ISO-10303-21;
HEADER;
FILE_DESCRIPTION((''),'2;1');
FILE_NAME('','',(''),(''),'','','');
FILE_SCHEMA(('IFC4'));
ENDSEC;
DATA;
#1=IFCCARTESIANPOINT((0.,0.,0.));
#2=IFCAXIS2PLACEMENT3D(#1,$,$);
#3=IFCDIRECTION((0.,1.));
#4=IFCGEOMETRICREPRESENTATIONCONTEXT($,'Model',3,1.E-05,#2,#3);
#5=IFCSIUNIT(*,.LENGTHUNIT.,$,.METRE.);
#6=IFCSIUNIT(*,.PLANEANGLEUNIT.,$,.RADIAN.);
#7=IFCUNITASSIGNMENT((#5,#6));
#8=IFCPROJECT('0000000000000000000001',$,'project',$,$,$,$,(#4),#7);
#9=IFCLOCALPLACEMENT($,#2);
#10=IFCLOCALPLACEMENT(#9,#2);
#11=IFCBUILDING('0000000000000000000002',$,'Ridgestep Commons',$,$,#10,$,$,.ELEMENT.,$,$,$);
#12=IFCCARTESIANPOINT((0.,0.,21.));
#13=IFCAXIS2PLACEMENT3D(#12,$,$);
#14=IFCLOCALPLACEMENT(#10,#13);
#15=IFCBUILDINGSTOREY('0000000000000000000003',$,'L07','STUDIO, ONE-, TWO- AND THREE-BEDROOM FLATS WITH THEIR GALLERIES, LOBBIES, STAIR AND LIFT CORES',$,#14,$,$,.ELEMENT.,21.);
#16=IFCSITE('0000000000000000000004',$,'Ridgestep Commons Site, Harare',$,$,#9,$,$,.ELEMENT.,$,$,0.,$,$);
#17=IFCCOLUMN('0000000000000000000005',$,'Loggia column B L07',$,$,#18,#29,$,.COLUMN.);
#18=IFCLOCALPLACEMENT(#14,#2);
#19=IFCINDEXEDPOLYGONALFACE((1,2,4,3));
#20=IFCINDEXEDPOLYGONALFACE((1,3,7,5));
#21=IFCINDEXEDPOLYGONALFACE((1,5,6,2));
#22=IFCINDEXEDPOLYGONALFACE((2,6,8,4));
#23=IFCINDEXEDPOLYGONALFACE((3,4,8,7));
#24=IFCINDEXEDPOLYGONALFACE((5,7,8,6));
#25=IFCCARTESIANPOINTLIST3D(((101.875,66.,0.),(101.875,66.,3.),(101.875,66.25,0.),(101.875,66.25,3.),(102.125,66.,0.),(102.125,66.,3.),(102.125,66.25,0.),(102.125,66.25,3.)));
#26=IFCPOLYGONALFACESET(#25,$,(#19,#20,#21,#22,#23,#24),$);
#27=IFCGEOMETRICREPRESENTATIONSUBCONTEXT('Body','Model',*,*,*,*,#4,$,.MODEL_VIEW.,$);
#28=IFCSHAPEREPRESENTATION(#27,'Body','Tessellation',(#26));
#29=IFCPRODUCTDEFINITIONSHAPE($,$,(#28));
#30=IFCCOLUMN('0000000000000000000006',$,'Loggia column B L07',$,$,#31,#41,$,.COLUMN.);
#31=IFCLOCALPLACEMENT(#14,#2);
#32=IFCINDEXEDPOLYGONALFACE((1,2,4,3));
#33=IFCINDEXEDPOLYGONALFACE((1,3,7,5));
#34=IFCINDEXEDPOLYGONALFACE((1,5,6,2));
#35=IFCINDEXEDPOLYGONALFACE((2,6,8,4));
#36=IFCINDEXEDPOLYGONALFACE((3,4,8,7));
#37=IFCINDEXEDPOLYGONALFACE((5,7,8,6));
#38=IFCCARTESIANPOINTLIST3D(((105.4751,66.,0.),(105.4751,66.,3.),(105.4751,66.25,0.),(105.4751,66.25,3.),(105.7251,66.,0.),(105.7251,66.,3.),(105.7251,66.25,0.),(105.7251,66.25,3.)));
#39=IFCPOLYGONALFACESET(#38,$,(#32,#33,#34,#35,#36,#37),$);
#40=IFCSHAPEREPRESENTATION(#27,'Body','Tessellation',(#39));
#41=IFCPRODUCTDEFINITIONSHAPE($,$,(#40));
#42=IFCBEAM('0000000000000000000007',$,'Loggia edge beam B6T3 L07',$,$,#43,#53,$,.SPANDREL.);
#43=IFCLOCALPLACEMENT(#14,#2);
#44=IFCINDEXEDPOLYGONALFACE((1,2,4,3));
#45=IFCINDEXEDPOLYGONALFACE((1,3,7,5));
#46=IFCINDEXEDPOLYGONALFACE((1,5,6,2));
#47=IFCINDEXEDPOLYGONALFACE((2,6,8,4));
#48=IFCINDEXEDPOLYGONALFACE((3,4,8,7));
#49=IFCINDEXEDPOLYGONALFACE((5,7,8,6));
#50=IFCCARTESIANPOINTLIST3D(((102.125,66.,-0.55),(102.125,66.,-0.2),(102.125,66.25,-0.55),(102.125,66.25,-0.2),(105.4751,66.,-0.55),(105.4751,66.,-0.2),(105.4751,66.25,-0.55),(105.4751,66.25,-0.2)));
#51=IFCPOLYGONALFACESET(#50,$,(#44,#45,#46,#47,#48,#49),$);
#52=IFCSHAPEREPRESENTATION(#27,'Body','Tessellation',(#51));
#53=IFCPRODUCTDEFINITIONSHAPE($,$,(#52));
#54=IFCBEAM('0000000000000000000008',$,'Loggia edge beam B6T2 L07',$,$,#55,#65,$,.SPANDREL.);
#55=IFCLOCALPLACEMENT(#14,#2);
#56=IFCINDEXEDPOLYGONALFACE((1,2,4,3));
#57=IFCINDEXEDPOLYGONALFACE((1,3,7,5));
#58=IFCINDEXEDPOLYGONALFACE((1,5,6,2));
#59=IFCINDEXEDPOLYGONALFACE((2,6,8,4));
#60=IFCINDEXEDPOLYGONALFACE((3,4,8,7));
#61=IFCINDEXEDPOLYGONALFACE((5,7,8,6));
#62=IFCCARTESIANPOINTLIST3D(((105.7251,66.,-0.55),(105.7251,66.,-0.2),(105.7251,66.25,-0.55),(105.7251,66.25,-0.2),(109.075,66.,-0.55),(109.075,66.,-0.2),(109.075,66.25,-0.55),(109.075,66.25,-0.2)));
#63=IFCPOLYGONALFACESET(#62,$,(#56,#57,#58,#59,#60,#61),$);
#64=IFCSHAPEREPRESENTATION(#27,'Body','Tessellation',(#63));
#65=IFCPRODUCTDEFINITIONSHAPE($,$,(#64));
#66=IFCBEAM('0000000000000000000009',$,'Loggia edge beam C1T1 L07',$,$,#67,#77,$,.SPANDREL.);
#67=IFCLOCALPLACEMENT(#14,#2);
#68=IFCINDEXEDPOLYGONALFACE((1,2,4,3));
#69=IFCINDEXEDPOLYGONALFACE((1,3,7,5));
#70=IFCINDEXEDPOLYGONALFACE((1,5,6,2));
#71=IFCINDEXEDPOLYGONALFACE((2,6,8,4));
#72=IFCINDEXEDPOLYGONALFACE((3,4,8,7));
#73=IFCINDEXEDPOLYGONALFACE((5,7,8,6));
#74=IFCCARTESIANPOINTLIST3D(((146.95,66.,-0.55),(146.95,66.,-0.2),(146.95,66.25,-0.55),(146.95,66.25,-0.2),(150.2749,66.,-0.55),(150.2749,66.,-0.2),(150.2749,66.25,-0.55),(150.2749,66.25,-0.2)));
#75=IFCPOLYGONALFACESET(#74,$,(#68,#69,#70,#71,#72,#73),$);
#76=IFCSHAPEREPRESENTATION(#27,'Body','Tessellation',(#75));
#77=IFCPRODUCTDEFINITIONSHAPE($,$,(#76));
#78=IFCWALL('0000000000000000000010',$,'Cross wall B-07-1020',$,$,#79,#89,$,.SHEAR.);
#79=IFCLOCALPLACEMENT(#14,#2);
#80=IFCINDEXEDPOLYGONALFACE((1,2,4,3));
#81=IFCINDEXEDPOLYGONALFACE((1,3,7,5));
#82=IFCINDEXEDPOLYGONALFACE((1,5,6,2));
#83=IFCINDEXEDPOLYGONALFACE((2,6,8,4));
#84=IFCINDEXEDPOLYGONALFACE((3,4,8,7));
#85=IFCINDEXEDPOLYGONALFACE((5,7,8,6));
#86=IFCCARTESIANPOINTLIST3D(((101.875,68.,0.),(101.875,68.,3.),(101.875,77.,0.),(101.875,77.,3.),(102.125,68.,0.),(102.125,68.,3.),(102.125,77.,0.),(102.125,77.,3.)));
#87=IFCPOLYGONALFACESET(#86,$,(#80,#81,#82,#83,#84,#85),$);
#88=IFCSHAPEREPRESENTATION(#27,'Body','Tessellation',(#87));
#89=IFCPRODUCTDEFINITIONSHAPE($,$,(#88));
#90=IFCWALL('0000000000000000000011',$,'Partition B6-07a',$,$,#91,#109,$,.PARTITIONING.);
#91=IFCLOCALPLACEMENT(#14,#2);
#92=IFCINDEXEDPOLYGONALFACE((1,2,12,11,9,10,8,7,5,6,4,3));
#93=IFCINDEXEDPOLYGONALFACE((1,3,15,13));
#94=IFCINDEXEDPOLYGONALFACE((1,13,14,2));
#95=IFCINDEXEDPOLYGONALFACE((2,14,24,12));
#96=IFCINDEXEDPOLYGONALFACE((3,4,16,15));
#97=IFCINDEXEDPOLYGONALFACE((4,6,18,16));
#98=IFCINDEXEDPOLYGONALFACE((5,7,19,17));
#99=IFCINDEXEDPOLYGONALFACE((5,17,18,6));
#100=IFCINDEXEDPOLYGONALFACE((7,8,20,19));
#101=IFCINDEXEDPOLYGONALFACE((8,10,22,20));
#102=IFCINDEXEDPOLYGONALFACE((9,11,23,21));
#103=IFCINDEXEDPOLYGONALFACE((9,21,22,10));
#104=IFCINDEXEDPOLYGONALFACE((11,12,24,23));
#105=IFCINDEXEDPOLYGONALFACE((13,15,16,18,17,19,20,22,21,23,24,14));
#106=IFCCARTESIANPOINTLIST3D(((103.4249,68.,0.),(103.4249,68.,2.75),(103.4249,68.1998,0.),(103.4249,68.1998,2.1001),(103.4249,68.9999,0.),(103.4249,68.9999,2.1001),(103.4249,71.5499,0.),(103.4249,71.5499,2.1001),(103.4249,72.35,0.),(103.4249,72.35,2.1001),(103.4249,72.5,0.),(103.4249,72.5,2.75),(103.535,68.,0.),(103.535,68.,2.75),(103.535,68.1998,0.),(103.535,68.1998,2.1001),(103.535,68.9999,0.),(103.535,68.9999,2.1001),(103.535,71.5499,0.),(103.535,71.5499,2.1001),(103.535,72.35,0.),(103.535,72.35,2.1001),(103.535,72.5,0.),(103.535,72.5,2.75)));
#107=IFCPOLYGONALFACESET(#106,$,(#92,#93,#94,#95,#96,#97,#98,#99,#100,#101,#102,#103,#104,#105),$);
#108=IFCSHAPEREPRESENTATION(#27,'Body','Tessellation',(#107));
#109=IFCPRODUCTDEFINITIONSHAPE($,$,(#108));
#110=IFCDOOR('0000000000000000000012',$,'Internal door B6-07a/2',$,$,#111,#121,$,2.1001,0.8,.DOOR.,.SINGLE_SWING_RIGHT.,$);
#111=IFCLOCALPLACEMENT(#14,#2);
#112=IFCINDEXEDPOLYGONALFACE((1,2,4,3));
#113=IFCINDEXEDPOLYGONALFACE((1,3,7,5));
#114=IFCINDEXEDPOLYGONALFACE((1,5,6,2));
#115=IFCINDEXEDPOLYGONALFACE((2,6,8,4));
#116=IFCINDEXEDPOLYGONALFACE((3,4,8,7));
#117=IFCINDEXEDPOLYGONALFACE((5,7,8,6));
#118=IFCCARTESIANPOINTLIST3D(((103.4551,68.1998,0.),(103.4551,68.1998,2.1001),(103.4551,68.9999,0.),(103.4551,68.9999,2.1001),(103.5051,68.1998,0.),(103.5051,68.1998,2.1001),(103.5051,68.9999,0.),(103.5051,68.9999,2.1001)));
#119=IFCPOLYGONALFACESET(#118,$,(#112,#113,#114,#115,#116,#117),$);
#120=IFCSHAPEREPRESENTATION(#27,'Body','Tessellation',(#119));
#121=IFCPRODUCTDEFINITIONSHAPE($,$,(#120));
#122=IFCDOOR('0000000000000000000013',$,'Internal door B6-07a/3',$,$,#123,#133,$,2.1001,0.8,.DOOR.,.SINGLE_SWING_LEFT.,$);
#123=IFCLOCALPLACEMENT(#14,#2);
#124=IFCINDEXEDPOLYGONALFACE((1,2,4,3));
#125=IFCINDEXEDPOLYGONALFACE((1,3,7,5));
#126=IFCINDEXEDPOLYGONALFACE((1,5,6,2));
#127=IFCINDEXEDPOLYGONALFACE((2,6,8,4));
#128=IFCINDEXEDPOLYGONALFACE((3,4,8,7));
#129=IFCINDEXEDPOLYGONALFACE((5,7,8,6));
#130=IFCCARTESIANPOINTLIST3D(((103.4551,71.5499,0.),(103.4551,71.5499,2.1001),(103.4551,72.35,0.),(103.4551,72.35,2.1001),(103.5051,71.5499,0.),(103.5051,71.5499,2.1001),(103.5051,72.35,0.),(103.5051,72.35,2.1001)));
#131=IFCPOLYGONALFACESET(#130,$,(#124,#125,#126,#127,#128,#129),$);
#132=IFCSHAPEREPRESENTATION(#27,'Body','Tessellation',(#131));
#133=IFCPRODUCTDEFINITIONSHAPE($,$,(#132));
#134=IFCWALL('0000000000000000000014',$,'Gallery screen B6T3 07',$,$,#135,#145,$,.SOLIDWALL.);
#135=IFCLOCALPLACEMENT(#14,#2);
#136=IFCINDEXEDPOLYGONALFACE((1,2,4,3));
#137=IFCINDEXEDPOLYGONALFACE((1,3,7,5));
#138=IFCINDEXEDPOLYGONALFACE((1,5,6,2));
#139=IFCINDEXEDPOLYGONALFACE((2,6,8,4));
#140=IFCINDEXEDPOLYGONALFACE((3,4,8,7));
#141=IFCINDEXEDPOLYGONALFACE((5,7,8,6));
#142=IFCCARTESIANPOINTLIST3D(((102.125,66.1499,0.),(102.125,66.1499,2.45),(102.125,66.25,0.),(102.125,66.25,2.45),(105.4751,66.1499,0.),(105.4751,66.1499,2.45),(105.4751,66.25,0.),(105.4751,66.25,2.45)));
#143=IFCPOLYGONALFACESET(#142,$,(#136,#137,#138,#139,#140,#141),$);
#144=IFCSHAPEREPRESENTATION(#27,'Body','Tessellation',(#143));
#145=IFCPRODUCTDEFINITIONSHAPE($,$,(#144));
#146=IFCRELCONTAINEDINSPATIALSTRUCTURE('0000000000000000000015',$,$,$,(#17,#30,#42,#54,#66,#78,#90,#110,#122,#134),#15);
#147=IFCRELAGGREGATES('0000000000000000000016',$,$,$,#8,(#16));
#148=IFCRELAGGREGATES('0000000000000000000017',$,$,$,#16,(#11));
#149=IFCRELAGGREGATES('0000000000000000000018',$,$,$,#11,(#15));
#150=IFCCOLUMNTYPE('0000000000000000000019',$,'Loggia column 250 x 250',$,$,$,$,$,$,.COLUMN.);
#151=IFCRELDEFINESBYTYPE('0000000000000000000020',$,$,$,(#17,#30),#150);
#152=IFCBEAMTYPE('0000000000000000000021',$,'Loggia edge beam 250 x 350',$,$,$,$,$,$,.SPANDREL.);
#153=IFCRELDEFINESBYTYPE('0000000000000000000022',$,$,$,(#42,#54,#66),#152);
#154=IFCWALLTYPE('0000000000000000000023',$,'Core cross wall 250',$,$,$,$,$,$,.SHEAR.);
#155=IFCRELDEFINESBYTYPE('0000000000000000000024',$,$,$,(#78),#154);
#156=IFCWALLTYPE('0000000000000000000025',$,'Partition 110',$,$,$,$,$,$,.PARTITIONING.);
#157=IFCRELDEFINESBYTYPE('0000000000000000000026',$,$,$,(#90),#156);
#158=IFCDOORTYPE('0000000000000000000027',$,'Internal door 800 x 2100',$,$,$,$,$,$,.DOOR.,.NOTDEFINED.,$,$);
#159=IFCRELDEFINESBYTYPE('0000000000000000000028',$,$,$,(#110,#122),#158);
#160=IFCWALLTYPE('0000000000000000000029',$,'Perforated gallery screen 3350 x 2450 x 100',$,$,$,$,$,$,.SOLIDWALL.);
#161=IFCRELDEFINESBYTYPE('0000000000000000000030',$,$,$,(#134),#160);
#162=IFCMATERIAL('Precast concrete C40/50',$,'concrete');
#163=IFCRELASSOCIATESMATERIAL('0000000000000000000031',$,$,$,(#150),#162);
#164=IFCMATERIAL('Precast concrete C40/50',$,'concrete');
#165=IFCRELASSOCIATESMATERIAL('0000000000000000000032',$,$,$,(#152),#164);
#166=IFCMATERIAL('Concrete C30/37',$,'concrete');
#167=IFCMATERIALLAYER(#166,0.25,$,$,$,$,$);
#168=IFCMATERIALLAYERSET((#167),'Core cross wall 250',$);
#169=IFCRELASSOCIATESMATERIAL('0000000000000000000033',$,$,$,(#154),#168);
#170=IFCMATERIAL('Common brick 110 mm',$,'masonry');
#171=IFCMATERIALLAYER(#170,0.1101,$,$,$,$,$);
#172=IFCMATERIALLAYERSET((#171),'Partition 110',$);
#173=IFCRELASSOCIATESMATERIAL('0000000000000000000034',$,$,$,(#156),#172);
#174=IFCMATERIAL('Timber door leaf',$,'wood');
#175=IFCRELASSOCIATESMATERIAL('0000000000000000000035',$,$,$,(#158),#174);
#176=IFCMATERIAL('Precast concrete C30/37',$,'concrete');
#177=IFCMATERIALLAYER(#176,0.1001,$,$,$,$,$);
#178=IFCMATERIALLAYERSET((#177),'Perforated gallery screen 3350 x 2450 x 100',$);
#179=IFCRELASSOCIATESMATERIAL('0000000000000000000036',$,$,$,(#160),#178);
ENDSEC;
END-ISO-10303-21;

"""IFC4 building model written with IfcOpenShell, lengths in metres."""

from ifc_helpers import new_model, si_unit, direction, frame, frame_2d, origin, origin_2d, place, context, subcontext, project, spatial, rectangle, extrude, material, layer, layer_set, material_profile, profile_set, type_object, element, fill, save


model = new_model("IFC4")

# Units and contexts
model_context = context("Model", 3, precision=1e-05, world=origin(), true_north=direction((0.0, 1.0)))
body_context = subcontext(model_context, "Body", "Model", "MODEL_VIEW")
ifc_project = project(units=[si_unit("LENGTHUNIT", "METRE"), si_unit("PLANEANGLEUNIT", "RADIAN")], contexts=[model_context])

# Site, building, storey
site_placement = place(None, origin())
site = spatial("IfcSite", under=ifc_project, at=site_placement, Name="Ridgestep Commons Site, Harare", CompositionType="ELEMENT", RefElevation=0.0)
building_placement = place(site_placement, origin())
building = spatial("IfcBuilding", under=site, at=building_placement, Name="Ridgestep Commons", CompositionType="ELEMENT")
storey_placement = place(building_placement, frame((0.0, 0.0, 21.0)))
storey = spatial("IfcBuildingStorey", under=building, at=storey_placement, Name="L07", Description="STUDIO, ONE-, TWO- AND THREE-BEDROOM FLATS WITH THEIR GALLERIES, LOBBIES, STAIR AND LIFT CORES", CompositionType="ELEMENT", Elevation=21.0)

# Columns
ifc_material_1 = material(Name="Precast concrete C40/50", Category="concrete")
ifc_material_profile_1 = material_profile(ifc_material_1, rectangle(XDim=0.25, YDim=0.25, at=origin_2d()), Name="PC 250x250")
ifc_profile_set_1 = profile_set([ifc_material_profile_1], Name="Precast concrete C40/50")
column_type = type_object("IfcColumnType", Name="Loggia column 250 x 250", PredefinedType="COLUMN", material=ifc_profile_set_1)
for number, where, z_axis, x_axis, name in (
    (1, (102.0, 66.125, 0.0), (0.0, 0.0, 1.0), (1.0, 0.0, 0.0), "Loggia column B L07"),
    (2, (105.6001, 66.125, 0.0), (0.0, 0.0, 1.0), (1.0, 0.0, 0.0), "Loggia column B L07"),
):
    element("IfcColumn", number, at=place(storey_placement, frame(where, z_axis=z_axis, x_axis=x_axis)), inside=storey, type_object=column_type, Name=name, PredefinedType="COLUMN", context=body_context, shape_type="SweptSolid", body=[
        extrude(rectangle(XDim=0.25, YDim=0.25, at=origin_2d()), origin(), (0.0, 0.0, 1.0), 3.0),
    ])

# Beams
ifc_material_2 = material(Name="Precast concrete C40/50", Category="concrete")
ifc_material_profile_2 = material_profile(ifc_material_2, rectangle(XDim=0.25, YDim=0.3501, at=origin_2d()), Name="PC 250x350")
ifc_profile_set_2 = profile_set([ifc_material_profile_2], Name="Precast concrete C40/50")
beam_type = type_object("IfcBeamType", Name="Loggia edge beam 250 x 350", PredefinedType="SPANDREL", material=ifc_profile_set_2)
beam_1_placement = place(storey_placement, frame((102.125, 66.125, -0.375), z_axis=(1.0, 0.0, 0.0), x_axis=(0.0, 1.0, 0.0)))
element("IfcBeam", 3, at=beam_1_placement, inside=storey, type_object=beam_type, Name="Loggia edge beam B6T3 L07", PredefinedType="SPANDREL", context=body_context, shape_type="SweptSolid", body=[
    extrude(rectangle(XDim=0.25, YDim=0.3501, at=origin_2d()), origin(), (0.0, 0.0, 1.0), 3.3501),
])
beam_2_placement = place(storey_placement, frame((105.7251, 66.125, -0.375), z_axis=(1.0, 0.0, 0.0), x_axis=(0.0, 1.0, 0.0)))
element("IfcBeam", 4, at=beam_2_placement, inside=storey, type_object=beam_type, Name="Loggia edge beam B6T2 L07", PredefinedType="SPANDREL", context=body_context, shape_type="SweptSolid", body=[
    extrude(rectangle(XDim=0.25, YDim=0.3501, at=origin_2d()), origin(), (0.0, 0.0, 1.0), 3.3499),
])
beam_3_placement = place(storey_placement, frame((146.95, 66.125, -0.375), z_axis=(1.0, 0.0, 0.0), x_axis=(0.0, 1.0, 0.0)))
element("IfcBeam", 5, at=beam_3_placement, inside=storey, type_object=beam_type, Name="Loggia edge beam C1T1 L07", PredefinedType="SPANDREL", context=body_context, shape_type="SweptSolid", body=[
    extrude(rectangle(XDim=0.25, YDim=0.3501, at=origin_2d()), origin(), (0.0, 0.0, 1.0), 3.325),
])

# Wall
ifc_material_3 = material(Name="Concrete C30/37", Category="concrete")
ifc_layer_1 = layer(ifc_material_3, 0.25)
ifc_layer_set_1 = layer_set([ifc_layer_1], Name="Core cross wall 250")
wall_type_1 = type_object("IfcWallType", Name="Core cross wall 250", PredefinedType="SHEAR", material=ifc_layer_set_1)
wall_1_placement = place(storey_placement, frame((102.0, 68.0, 0.0), z_axis=(0.0, 0.0, 1.0), x_axis=(0.0, 1.0, 0.0)))
element("IfcWall", 6, at=wall_1_placement, inside=storey, type_object=wall_type_1, Name="Cross wall B-07-1020", PredefinedType="SHEAR", context=body_context, shape_type="SweptSolid", body=[
    extrude(rectangle(XDim=9.0, YDim=0.25, at=frame_2d((4.5, 0.0))), origin(), (0.0, 0.0, 1.0), 3.0),
])

# Wall, openings, doors
ifc_material_4 = material(Name="Common brick 110 mm", Category="masonry")
ifc_layer_2 = layer(ifc_material_4, 0.1101)
ifc_layer_set_2 = layer_set([ifc_layer_2], Name="Partition 110")
wall_type_2 = type_object("IfcWallType", Name="Partition 110", PredefinedType="PARTITIONING", material=ifc_layer_set_2)
wall_2_placement = place(storey_placement, frame((103.48, 68.0, 0.0), z_axis=(0.0, 0.0, 1.0), x_axis=(0.0, 1.0, 0.0)))
wall_2 = element("IfcWall", 7, at=wall_2_placement, inside=storey, type_object=wall_type_2, Name="Partition B6-07a", PredefinedType="PARTITIONING", context=body_context, shape_type="SweptSolid", body=[
    extrude(rectangle(XDim=4.5, YDim=0.1101, at=frame_2d((2.25, 0.0))), origin(), (0.0, 0.0, 1.0), 2.75),
])
opening_1_placement = place(wall_2_placement, frame((0.2, 0.0, 0.0)))
opening_1 = element("IfcOpeningElement", 8, at=opening_1_placement, cuts=wall_2, PredefinedType="OPENING", context=body_context, shape_type="SweptSolid", body=[
    extrude(rectangle(XDim=0.8, YDim=2.1001, at=frame_2d((0.3999, 1.05))), frame((0.0, 0.0649, 0.0), z_axis=(0.0, -1.0, 0.0), x_axis=(1.0, 0.0, 0.0)), (0.0, 0.0, 1.0), 0.1301),
])
opening_2_placement = place(wall_2_placement, frame((3.55, 0.0, 0.0)))
opening_2 = element("IfcOpeningElement", 9, at=opening_2_placement, cuts=wall_2, PredefinedType="OPENING", context=body_context, shape_type="SweptSolid", body=[
    extrude(rectangle(XDim=0.8, YDim=2.1001, at=frame_2d((0.3999, 1.05))), frame((0.0, 0.0649, 0.0), z_axis=(0.0, -1.0, 0.0), x_axis=(1.0, 0.0, 0.0)), (0.0, 0.0, 1.0), 0.1301),
])
ifc_material_5 = material(Name="Timber door leaf", Category="wood")
door_type_1 = type_object("IfcDoorType", Name="Internal door 800 x 2100", OperationType="NOTDEFINED", PredefinedType="DOOR", material=ifc_material_5)
door_1_placement = place(opening_1_placement, origin())
door_1 = element("IfcDoor", 10, at=door_1_placement, inside=storey, type_object=door_type_1, Name="Internal door B6-07a/2", OperationType="SINGLE_SWING_RIGHT", OverallHeight=2.1001, OverallWidth=0.8, PredefinedType="DOOR", context=body_context, shape_type="SweptSolid", body=[
    extrude(rectangle(XDim=0.8, YDim=2.1001, at=frame_2d((0.3999, 1.05))), frame((0.0, 0.0249, 0.0), z_axis=(0.0, -1.0, 0.0), x_axis=(1.0, 0.0, 0.0)), (0.0, 0.0, 1.0), 0.05),
])
fill(opening_1, door_1)
door_2_placement = place(opening_2_placement, origin())
door_2 = element("IfcDoor", 11, at=door_2_placement, inside=storey, type_object=door_type_1, Name="Internal door B6-07a/3", OperationType="SINGLE_SWING_LEFT", OverallHeight=2.1001, OverallWidth=0.8, PredefinedType="DOOR", context=body_context, shape_type="SweptSolid", body=[
    extrude(rectangle(XDim=0.8, YDim=2.1001, at=frame_2d((0.3999, 1.05))), frame((0.0, 0.0249, 0.0), z_axis=(0.0, -1.0, 0.0), x_axis=(1.0, 0.0, 0.0)), (0.0, 0.0, 1.0), 0.05),
])
fill(opening_2, door_2)

# Wall
ifc_material_6 = material(Name="Precast concrete C30/37", Category="concrete")
ifc_layer_3 = layer(ifc_material_6, 0.1001)
ifc_layer_set_3 = layer_set([ifc_layer_3], Name="Perforated gallery screen 3350 x 2450 x 100")
wall_type_3 = type_object("IfcWallType", Name="Perforated gallery screen 3350 x 2450 x 100", PredefinedType="SOLIDWALL", material=ifc_layer_set_3)
wall_3_placement = place(storey_placement, frame((102.125, 66.2, 0.0), z_axis=(0.0, 0.0, 1.0), x_axis=(1.0, 0.0, 0.0)))
element("IfcWall", 12, at=wall_3_placement, inside=storey, type_object=wall_type_3, Name="Gallery screen B6T3 07", PredefinedType="SOLIDWALL", context=body_context, shape_type="SweptSolid", body=[
    extrude(rectangle(XDim=3.3501, YDim=0.1001, at=frame_2d((1.675, 0.0))), origin(), (0.0, 0.0, 1.0), 2.45),
])

save(model, "model.ifc")
